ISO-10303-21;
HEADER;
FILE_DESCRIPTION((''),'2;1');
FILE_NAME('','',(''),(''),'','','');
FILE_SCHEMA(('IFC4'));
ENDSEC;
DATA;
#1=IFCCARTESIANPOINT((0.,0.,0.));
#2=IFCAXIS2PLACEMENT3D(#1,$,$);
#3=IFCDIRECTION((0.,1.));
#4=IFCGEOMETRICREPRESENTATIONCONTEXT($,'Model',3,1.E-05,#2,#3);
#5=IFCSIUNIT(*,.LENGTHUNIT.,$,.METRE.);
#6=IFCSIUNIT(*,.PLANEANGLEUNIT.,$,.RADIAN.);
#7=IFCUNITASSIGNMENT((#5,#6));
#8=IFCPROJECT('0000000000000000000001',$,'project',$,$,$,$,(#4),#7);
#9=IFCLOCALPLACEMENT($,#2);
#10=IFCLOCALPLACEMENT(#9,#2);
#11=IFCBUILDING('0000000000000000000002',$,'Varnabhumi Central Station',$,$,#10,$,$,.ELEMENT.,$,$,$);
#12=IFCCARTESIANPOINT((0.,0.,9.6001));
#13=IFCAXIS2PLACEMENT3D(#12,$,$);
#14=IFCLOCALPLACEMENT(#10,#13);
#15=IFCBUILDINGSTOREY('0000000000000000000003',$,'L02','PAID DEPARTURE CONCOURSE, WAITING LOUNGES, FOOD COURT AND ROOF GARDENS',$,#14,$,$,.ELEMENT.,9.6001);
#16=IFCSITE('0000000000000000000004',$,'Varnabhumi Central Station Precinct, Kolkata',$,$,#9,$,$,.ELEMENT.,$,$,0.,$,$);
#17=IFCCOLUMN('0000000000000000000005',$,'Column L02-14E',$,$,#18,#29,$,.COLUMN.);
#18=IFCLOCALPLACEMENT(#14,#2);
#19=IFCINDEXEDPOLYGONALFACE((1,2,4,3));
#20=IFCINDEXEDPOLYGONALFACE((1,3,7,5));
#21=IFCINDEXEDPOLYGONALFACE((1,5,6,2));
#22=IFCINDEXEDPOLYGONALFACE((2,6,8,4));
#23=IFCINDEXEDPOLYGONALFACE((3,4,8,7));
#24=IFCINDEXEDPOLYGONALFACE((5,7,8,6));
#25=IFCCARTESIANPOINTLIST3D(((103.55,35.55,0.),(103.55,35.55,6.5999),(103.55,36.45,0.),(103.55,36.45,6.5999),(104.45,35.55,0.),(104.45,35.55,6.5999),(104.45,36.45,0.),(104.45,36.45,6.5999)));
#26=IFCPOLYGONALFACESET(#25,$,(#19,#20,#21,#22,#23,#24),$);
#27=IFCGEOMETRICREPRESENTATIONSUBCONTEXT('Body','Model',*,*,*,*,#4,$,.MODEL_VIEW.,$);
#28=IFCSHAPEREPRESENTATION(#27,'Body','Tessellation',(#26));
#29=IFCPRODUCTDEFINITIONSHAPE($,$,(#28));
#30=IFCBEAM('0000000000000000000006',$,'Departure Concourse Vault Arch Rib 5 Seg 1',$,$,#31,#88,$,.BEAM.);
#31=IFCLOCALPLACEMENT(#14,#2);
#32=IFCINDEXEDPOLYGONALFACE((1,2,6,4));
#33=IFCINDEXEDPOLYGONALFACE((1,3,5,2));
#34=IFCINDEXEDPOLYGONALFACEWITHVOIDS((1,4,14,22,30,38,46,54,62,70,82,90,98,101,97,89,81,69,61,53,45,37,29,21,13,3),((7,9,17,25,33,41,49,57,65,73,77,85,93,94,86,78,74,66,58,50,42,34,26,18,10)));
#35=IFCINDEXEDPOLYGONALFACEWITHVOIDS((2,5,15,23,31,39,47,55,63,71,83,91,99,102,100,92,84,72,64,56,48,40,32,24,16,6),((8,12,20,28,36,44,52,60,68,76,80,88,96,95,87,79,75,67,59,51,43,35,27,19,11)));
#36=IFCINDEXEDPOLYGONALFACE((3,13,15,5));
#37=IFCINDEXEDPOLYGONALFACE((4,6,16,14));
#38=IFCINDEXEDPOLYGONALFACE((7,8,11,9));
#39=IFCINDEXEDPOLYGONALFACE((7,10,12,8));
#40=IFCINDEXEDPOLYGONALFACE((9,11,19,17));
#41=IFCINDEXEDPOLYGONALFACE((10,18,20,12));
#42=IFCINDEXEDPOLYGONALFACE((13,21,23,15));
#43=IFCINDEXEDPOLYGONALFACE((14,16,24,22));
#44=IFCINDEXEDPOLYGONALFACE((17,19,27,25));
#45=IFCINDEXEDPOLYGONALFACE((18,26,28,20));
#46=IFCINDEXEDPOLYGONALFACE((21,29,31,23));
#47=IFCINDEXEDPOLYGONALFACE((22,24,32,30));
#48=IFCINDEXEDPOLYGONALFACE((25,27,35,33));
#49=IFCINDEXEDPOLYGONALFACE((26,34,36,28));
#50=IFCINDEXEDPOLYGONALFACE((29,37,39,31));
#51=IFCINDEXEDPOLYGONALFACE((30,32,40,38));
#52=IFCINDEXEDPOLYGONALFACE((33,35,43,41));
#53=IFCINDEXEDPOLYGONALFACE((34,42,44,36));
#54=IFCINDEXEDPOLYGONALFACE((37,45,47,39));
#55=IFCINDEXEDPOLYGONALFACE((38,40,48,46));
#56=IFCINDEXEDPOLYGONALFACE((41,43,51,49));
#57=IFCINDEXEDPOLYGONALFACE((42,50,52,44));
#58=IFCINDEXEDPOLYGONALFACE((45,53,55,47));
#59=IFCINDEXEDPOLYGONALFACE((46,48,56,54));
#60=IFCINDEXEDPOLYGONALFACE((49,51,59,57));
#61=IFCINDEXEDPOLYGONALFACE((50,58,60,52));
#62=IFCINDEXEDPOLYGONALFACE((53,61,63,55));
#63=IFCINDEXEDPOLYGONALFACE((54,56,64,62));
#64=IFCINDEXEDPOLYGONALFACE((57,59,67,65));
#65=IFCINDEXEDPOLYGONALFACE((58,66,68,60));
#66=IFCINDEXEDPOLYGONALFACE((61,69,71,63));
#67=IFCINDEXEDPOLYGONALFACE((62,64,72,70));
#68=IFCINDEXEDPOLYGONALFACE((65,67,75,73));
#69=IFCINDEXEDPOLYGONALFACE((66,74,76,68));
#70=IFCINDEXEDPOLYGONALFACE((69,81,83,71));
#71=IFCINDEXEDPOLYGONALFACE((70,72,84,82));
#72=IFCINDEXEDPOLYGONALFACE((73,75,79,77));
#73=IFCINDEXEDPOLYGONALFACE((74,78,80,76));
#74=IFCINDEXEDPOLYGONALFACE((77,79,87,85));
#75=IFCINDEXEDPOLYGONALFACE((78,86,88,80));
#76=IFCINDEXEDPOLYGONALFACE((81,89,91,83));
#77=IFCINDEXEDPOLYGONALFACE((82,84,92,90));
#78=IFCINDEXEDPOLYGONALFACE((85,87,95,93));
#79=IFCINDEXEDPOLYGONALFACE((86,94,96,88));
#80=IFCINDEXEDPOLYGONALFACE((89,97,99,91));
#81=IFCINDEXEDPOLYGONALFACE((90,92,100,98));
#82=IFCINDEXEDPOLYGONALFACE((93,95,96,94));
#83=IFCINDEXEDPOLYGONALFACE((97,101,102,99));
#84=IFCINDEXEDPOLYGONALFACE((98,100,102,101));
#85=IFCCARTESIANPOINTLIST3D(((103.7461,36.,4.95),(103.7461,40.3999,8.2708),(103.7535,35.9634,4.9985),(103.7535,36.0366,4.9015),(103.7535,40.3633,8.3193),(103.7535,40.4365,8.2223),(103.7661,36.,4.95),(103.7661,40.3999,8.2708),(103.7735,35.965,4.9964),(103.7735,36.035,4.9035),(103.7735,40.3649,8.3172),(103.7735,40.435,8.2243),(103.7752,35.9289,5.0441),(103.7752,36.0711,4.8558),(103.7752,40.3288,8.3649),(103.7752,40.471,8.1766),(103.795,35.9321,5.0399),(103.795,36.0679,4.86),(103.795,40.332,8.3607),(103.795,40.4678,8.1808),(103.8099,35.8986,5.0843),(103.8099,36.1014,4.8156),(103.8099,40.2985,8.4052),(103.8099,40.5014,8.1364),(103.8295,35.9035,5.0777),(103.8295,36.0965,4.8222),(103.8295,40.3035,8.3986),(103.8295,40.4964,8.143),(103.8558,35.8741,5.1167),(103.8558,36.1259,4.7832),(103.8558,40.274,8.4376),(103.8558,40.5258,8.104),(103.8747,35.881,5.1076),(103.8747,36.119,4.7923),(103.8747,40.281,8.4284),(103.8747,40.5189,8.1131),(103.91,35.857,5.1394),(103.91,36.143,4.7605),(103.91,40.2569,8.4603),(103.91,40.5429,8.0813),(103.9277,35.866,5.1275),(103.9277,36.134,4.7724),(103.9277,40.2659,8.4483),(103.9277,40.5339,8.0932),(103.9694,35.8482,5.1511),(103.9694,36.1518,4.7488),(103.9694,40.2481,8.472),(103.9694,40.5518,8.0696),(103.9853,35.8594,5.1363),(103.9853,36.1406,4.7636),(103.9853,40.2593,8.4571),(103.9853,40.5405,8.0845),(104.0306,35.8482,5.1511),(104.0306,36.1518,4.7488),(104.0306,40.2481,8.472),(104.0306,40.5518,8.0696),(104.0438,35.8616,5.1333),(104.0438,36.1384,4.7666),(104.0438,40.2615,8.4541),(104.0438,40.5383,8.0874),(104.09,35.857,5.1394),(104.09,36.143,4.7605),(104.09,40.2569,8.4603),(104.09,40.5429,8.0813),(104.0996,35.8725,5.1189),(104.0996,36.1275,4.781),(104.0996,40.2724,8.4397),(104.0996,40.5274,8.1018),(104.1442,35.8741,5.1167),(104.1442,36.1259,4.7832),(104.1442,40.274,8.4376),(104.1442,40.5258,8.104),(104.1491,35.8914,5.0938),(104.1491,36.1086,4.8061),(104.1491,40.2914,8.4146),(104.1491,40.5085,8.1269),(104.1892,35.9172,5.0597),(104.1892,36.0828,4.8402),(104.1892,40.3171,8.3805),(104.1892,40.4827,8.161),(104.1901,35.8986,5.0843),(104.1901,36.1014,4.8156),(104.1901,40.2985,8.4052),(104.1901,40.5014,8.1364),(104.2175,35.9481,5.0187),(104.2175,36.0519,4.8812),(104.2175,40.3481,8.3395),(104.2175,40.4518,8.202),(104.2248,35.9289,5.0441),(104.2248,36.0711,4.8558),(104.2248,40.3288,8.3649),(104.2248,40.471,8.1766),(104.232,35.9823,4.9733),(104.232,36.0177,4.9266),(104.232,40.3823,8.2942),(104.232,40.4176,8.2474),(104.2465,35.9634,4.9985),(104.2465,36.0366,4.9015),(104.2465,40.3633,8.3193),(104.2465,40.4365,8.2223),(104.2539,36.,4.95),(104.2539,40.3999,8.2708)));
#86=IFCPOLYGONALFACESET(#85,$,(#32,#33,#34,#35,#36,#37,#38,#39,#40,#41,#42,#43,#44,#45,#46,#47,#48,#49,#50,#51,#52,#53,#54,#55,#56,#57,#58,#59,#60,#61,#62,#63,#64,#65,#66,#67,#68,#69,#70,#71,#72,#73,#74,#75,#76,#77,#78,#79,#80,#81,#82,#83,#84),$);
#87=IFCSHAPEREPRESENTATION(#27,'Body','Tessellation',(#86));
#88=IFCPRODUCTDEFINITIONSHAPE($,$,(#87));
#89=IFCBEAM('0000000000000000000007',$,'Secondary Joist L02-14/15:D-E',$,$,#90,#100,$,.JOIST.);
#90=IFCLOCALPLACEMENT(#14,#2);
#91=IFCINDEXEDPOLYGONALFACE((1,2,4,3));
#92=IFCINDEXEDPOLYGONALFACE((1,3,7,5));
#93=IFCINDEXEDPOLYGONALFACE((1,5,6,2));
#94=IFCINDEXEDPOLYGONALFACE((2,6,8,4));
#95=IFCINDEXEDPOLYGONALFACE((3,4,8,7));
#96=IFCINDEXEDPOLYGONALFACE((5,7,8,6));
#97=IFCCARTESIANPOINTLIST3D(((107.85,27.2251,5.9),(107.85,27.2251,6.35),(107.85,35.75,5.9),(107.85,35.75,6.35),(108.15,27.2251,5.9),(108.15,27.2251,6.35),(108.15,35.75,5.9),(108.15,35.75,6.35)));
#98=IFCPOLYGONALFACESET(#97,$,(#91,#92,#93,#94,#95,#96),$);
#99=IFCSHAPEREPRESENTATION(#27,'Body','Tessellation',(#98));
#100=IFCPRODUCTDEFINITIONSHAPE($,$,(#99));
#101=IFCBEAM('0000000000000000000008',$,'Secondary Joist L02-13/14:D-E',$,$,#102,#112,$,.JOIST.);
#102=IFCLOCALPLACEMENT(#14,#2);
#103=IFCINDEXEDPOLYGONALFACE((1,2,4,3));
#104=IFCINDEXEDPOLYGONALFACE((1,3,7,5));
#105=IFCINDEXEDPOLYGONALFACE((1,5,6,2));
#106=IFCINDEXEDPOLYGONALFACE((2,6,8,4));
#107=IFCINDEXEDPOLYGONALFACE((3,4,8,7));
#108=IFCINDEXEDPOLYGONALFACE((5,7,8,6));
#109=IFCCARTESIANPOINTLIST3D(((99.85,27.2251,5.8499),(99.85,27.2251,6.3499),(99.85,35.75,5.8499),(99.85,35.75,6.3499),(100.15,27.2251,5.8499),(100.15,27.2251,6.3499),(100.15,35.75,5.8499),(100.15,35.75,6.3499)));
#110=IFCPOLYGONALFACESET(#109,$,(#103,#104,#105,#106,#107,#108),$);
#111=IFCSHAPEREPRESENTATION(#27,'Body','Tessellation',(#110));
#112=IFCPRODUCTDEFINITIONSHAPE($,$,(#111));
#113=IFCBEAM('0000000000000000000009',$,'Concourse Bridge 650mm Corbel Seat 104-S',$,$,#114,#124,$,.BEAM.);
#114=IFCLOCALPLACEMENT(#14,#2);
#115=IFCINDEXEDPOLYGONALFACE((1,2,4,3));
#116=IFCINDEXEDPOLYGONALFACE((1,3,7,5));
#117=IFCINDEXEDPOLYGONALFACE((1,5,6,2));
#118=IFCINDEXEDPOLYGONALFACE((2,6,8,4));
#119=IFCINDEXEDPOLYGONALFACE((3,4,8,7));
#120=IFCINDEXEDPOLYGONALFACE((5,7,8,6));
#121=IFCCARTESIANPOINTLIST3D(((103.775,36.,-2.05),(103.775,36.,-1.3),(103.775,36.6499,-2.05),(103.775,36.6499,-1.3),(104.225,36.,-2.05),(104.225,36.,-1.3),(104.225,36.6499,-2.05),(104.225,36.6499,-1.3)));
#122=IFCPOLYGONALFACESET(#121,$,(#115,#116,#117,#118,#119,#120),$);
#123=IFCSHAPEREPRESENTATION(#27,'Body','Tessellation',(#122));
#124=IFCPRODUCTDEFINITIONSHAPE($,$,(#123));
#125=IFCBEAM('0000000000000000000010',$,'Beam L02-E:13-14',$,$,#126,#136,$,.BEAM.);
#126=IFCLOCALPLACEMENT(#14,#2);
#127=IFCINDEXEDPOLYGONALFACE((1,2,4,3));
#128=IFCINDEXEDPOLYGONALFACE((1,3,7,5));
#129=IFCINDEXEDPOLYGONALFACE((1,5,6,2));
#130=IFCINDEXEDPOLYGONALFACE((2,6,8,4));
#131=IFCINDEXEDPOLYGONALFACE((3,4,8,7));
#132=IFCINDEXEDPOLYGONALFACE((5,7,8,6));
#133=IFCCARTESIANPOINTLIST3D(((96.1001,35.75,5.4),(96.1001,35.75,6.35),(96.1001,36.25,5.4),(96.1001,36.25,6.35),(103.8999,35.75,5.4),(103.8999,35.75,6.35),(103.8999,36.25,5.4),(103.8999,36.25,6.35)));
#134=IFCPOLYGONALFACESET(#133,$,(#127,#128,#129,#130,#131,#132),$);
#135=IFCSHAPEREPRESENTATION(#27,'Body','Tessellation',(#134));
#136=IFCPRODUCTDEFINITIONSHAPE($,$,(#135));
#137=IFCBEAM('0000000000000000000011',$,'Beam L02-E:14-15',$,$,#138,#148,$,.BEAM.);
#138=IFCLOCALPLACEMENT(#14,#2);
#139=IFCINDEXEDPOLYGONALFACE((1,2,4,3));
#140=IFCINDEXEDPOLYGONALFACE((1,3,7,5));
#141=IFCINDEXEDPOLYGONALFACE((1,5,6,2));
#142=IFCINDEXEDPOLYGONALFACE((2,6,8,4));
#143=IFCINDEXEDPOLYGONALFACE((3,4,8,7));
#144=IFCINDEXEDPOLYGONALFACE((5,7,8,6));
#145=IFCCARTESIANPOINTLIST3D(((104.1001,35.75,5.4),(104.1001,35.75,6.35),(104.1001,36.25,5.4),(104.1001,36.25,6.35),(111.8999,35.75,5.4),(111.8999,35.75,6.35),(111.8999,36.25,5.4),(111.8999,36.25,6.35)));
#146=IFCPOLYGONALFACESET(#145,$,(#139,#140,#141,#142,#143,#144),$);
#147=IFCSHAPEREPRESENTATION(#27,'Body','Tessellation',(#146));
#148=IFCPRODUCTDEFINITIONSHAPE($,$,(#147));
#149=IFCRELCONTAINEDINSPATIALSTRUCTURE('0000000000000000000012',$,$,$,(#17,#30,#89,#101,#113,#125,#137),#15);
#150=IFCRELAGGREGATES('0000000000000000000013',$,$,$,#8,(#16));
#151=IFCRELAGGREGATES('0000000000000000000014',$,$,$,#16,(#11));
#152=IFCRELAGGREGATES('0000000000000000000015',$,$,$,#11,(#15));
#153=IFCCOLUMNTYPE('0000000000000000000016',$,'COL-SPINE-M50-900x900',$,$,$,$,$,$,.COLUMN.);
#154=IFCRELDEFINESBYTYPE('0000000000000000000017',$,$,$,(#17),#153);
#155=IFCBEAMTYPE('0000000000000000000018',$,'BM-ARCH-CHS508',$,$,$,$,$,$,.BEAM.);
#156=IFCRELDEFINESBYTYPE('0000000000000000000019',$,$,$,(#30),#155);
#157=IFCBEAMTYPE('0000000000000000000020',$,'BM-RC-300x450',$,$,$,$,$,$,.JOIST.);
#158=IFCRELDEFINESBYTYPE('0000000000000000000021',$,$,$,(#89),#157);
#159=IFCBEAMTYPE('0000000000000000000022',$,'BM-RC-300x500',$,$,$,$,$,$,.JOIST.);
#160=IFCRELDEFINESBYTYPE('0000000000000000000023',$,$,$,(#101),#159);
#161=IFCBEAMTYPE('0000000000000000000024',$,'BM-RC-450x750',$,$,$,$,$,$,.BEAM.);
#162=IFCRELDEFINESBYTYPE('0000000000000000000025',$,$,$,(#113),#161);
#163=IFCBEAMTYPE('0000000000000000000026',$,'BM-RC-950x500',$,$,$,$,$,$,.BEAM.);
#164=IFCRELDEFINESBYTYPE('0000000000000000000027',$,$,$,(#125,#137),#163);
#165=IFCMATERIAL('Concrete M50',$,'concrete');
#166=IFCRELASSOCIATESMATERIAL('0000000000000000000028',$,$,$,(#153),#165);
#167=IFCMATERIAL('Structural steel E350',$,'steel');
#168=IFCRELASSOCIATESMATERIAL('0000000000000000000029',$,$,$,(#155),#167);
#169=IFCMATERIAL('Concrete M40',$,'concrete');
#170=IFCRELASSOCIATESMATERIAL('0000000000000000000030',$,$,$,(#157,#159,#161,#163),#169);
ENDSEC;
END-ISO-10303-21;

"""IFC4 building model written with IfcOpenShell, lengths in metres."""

from ifc_helpers import new_model, si_unit, direction, frame, origin, origin_2d, place, context, subcontext, project, spatial, rectangle, hollow_circle, extrude, material, material_profile, profile_set, type_object, element, save


model = new_model("IFC4")

# Units and contexts
model_context = context("Model", 3, precision=1e-05, world=origin(), true_north=direction((0.0, 1.0)))
body_context = subcontext(model_context, "Body", "Model", "MODEL_VIEW")
ifc_project = project(units=[si_unit("LENGTHUNIT", "METRE"), si_unit("PLANEANGLEUNIT", "RADIAN")], contexts=[model_context])

# Site, building, storey
site_placement = place(None, origin())
site = spatial("IfcSite", under=ifc_project, at=site_placement, Name="Varnabhumi Central Station Precinct, Kolkata", CompositionType="ELEMENT", RefElevation=0.0)
building_placement = place(site_placement, origin())
building = spatial("IfcBuilding", under=site, at=building_placement, Name="Varnabhumi Central Station", CompositionType="ELEMENT")
storey_placement = place(building_placement, frame((0.0, 0.0, 9.6001)))
storey = spatial("IfcBuildingStorey", under=building, at=storey_placement, Name="L02", Description="PAID DEPARTURE CONCOURSE, WAITING LOUNGES, FOOD COURT AND ROOF GARDENS", CompositionType="ELEMENT", Elevation=9.6001)

# Column
ifc_material_1 = material(Name="Concrete M50", Category="concrete")
ifc_material_profile_1 = material_profile(ifc_material_1, rectangle(XDim=0.8999, YDim=0.8999, at=origin_2d()), Name="Concrete M50", Category="concrete")
ifc_profile_set_1 = profile_set([ifc_material_profile_1], Name="Concrete M50")
column_type = type_object("IfcColumnType", Name="COL-SPINE-M50-900x900", PredefinedType="COLUMN", material=ifc_profile_set_1)
column_placement = place(storey_placement, frame((104.0, 36.0, 0.0), z_axis=(0.0, 0.0, 1.0), x_axis=(1.0, 0.0, 0.0)))
element("IfcColumn", 1, at=column_placement, inside=storey, type_object=column_type, Name="Column L02-14E", PredefinedType="COLUMN", context=body_context, shape_type="SweptSolid", body=[
    extrude(rectangle(XDim=0.8999, YDim=0.8999, at=origin_2d()), origin(), (0.0, 0.0, 1.0), 6.5999),
])

# Beams
ifc_material_2 = material(Name="Structural steel E350", Category="steel")
ifc_material_profile_2 = material_profile(ifc_material_2, hollow_circle(Radius=0.2539, WallThickness=0.02, at=origin_2d()), Name="Structural steel E350", Category="steel")
ifc_profile_set_2 = profile_set([ifc_material_profile_2], Name="Structural steel E350")
beam_type_1 = type_object("IfcBeamType", Name="BM-ARCH-CHS508", PredefinedType="BEAM", material=ifc_profile_set_2)
beam_1_placement = place(storey_placement, frame((104.0, 36.0, 4.95), z_axis=(0.0, 0.798179, 0.602421), x_axis=(-1.0, 0.0, 0.0)))
element("IfcBeam", 2, at=beam_1_placement, inside=storey, type_object=beam_type_1, Name="Departure Concourse Vault Arch Rib 5 Seg 1", PredefinedType="BEAM", context=body_context, shape_type="SweptSolid", body=[
    extrude(hollow_circle(Radius=0.2539, WallThickness=0.02, at=origin_2d()), origin(), (0.0, 0.0, 1.0), 5.5125),
])
ifc_material_3 = material(Name="Concrete M40", Category="concrete")
ifc_material_profile_3 = material_profile(ifc_material_3, rectangle(XDim=0.3, YDim=0.45, at=origin_2d()), Name="Concrete M40", Category="concrete")
ifc_profile_set_3 = profile_set([ifc_material_profile_3], Name="Concrete M40")
beam_type_2 = type_object("IfcBeamType", Name="BM-RC-300x450", PredefinedType="JOIST", material=ifc_profile_set_3)
beam_2_placement = place(storey_placement, frame((108.0, 27.2251, 6.125), z_axis=(0.0, 1.0, 0.0), x_axis=(-1.0, 0.0, 0.0)))
element("IfcBeam", 3, at=beam_2_placement, inside=storey, type_object=beam_type_2, Name="Secondary Joist L02-14/15:D-E", PredefinedType="JOIST", context=body_context, shape_type="SweptSolid", body=[
    extrude(rectangle(XDim=0.3, YDim=0.45, at=origin_2d()), origin(), (0.0, 0.0, 1.0), 8.5249),
])
ifc_material_profile_4 = material_profile(ifc_material_3, rectangle(XDim=0.3, YDim=0.5, at=origin_2d()), Name="Concrete M40", Category="concrete")
ifc_profile_set_4 = profile_set([ifc_material_profile_4], Name="Concrete M40")
beam_type_3 = type_object("IfcBeamType", Name="BM-RC-300x500", PredefinedType="JOIST", material=ifc_profile_set_4)
beam_3_placement = place(storey_placement, frame((100.0, 27.2251, 6.0999), z_axis=(0.0, 1.0, 0.0), x_axis=(-1.0, 0.0, 0.0)))
element("IfcBeam", 4, at=beam_3_placement, inside=storey, type_object=beam_type_3, Name="Secondary Joist L02-13/14:D-E", PredefinedType="JOIST", context=body_context, shape_type="SweptSolid", body=[
    extrude(rectangle(XDim=0.3, YDim=0.5, at=origin_2d()), origin(), (0.0, 0.0, 1.0), 8.5249),
])
ifc_material_profile_5 = material_profile(ifc_material_3, rectangle(XDim=0.45, YDim=0.75, at=origin_2d()), Name="Concrete M40", Category="concrete")
ifc_profile_set_5 = profile_set([ifc_material_profile_5], Name="Concrete M40")
beam_type_4 = type_object("IfcBeamType", Name="BM-RC-450x750", PredefinedType="BEAM", material=ifc_profile_set_5)
beam_4_placement = place(storey_placement, frame((104.0, 36.0, -1.675), z_axis=(0.0, 1.0, 0.0), x_axis=(-1.0, 0.0, 0.0)))
element("IfcBeam", 5, at=beam_4_placement, inside=storey, type_object=beam_type_4, Name="Concourse Bridge 650mm Corbel Seat 104-S", PredefinedType="BEAM", context=body_context, shape_type="SweptSolid", body=[
    extrude(rectangle(XDim=0.45, YDim=0.75, at=origin_2d()), origin(), (0.0, 0.0, 1.0), 0.6499),
])
ifc_material_profile_6 = material_profile(ifc_material_3, rectangle(XDim=0.5, YDim=0.95, at=origin_2d()), Name="Concrete M40", Category="concrete")
ifc_profile_set_6 = profile_set([ifc_material_profile_6], Name="Concrete M40")
beam_type_5 = type_object("IfcBeamType", Name="BM-RC-950x500", PredefinedType="BEAM", material=ifc_profile_set_6)
for number, where, z_axis, x_axis, name in (
    (6, (96.1001, 36.0, 5.875), (1.0, 0.0, 0.0), (0.0, 1.0, 0.0), "Beam L02-E:13-14"),
    (7, (104.1001, 36.0, 5.875), (1.0, 0.0, 0.0), (0.0, 1.0, 0.0), "Beam L02-E:14-15"),
):
    element("IfcBeam", number, at=place(storey_placement, frame(where, z_axis=z_axis, x_axis=x_axis)), inside=storey, type_object=beam_type_5, Name=name, PredefinedType="BEAM", context=body_context, shape_type="SweptSolid", body=[
        extrude(rectangle(XDim=0.5, YDim=0.95, at=origin_2d()), origin(), (0.0, 0.0, 1.0), 7.7998),
    ])

save(model, "model.ifc")
